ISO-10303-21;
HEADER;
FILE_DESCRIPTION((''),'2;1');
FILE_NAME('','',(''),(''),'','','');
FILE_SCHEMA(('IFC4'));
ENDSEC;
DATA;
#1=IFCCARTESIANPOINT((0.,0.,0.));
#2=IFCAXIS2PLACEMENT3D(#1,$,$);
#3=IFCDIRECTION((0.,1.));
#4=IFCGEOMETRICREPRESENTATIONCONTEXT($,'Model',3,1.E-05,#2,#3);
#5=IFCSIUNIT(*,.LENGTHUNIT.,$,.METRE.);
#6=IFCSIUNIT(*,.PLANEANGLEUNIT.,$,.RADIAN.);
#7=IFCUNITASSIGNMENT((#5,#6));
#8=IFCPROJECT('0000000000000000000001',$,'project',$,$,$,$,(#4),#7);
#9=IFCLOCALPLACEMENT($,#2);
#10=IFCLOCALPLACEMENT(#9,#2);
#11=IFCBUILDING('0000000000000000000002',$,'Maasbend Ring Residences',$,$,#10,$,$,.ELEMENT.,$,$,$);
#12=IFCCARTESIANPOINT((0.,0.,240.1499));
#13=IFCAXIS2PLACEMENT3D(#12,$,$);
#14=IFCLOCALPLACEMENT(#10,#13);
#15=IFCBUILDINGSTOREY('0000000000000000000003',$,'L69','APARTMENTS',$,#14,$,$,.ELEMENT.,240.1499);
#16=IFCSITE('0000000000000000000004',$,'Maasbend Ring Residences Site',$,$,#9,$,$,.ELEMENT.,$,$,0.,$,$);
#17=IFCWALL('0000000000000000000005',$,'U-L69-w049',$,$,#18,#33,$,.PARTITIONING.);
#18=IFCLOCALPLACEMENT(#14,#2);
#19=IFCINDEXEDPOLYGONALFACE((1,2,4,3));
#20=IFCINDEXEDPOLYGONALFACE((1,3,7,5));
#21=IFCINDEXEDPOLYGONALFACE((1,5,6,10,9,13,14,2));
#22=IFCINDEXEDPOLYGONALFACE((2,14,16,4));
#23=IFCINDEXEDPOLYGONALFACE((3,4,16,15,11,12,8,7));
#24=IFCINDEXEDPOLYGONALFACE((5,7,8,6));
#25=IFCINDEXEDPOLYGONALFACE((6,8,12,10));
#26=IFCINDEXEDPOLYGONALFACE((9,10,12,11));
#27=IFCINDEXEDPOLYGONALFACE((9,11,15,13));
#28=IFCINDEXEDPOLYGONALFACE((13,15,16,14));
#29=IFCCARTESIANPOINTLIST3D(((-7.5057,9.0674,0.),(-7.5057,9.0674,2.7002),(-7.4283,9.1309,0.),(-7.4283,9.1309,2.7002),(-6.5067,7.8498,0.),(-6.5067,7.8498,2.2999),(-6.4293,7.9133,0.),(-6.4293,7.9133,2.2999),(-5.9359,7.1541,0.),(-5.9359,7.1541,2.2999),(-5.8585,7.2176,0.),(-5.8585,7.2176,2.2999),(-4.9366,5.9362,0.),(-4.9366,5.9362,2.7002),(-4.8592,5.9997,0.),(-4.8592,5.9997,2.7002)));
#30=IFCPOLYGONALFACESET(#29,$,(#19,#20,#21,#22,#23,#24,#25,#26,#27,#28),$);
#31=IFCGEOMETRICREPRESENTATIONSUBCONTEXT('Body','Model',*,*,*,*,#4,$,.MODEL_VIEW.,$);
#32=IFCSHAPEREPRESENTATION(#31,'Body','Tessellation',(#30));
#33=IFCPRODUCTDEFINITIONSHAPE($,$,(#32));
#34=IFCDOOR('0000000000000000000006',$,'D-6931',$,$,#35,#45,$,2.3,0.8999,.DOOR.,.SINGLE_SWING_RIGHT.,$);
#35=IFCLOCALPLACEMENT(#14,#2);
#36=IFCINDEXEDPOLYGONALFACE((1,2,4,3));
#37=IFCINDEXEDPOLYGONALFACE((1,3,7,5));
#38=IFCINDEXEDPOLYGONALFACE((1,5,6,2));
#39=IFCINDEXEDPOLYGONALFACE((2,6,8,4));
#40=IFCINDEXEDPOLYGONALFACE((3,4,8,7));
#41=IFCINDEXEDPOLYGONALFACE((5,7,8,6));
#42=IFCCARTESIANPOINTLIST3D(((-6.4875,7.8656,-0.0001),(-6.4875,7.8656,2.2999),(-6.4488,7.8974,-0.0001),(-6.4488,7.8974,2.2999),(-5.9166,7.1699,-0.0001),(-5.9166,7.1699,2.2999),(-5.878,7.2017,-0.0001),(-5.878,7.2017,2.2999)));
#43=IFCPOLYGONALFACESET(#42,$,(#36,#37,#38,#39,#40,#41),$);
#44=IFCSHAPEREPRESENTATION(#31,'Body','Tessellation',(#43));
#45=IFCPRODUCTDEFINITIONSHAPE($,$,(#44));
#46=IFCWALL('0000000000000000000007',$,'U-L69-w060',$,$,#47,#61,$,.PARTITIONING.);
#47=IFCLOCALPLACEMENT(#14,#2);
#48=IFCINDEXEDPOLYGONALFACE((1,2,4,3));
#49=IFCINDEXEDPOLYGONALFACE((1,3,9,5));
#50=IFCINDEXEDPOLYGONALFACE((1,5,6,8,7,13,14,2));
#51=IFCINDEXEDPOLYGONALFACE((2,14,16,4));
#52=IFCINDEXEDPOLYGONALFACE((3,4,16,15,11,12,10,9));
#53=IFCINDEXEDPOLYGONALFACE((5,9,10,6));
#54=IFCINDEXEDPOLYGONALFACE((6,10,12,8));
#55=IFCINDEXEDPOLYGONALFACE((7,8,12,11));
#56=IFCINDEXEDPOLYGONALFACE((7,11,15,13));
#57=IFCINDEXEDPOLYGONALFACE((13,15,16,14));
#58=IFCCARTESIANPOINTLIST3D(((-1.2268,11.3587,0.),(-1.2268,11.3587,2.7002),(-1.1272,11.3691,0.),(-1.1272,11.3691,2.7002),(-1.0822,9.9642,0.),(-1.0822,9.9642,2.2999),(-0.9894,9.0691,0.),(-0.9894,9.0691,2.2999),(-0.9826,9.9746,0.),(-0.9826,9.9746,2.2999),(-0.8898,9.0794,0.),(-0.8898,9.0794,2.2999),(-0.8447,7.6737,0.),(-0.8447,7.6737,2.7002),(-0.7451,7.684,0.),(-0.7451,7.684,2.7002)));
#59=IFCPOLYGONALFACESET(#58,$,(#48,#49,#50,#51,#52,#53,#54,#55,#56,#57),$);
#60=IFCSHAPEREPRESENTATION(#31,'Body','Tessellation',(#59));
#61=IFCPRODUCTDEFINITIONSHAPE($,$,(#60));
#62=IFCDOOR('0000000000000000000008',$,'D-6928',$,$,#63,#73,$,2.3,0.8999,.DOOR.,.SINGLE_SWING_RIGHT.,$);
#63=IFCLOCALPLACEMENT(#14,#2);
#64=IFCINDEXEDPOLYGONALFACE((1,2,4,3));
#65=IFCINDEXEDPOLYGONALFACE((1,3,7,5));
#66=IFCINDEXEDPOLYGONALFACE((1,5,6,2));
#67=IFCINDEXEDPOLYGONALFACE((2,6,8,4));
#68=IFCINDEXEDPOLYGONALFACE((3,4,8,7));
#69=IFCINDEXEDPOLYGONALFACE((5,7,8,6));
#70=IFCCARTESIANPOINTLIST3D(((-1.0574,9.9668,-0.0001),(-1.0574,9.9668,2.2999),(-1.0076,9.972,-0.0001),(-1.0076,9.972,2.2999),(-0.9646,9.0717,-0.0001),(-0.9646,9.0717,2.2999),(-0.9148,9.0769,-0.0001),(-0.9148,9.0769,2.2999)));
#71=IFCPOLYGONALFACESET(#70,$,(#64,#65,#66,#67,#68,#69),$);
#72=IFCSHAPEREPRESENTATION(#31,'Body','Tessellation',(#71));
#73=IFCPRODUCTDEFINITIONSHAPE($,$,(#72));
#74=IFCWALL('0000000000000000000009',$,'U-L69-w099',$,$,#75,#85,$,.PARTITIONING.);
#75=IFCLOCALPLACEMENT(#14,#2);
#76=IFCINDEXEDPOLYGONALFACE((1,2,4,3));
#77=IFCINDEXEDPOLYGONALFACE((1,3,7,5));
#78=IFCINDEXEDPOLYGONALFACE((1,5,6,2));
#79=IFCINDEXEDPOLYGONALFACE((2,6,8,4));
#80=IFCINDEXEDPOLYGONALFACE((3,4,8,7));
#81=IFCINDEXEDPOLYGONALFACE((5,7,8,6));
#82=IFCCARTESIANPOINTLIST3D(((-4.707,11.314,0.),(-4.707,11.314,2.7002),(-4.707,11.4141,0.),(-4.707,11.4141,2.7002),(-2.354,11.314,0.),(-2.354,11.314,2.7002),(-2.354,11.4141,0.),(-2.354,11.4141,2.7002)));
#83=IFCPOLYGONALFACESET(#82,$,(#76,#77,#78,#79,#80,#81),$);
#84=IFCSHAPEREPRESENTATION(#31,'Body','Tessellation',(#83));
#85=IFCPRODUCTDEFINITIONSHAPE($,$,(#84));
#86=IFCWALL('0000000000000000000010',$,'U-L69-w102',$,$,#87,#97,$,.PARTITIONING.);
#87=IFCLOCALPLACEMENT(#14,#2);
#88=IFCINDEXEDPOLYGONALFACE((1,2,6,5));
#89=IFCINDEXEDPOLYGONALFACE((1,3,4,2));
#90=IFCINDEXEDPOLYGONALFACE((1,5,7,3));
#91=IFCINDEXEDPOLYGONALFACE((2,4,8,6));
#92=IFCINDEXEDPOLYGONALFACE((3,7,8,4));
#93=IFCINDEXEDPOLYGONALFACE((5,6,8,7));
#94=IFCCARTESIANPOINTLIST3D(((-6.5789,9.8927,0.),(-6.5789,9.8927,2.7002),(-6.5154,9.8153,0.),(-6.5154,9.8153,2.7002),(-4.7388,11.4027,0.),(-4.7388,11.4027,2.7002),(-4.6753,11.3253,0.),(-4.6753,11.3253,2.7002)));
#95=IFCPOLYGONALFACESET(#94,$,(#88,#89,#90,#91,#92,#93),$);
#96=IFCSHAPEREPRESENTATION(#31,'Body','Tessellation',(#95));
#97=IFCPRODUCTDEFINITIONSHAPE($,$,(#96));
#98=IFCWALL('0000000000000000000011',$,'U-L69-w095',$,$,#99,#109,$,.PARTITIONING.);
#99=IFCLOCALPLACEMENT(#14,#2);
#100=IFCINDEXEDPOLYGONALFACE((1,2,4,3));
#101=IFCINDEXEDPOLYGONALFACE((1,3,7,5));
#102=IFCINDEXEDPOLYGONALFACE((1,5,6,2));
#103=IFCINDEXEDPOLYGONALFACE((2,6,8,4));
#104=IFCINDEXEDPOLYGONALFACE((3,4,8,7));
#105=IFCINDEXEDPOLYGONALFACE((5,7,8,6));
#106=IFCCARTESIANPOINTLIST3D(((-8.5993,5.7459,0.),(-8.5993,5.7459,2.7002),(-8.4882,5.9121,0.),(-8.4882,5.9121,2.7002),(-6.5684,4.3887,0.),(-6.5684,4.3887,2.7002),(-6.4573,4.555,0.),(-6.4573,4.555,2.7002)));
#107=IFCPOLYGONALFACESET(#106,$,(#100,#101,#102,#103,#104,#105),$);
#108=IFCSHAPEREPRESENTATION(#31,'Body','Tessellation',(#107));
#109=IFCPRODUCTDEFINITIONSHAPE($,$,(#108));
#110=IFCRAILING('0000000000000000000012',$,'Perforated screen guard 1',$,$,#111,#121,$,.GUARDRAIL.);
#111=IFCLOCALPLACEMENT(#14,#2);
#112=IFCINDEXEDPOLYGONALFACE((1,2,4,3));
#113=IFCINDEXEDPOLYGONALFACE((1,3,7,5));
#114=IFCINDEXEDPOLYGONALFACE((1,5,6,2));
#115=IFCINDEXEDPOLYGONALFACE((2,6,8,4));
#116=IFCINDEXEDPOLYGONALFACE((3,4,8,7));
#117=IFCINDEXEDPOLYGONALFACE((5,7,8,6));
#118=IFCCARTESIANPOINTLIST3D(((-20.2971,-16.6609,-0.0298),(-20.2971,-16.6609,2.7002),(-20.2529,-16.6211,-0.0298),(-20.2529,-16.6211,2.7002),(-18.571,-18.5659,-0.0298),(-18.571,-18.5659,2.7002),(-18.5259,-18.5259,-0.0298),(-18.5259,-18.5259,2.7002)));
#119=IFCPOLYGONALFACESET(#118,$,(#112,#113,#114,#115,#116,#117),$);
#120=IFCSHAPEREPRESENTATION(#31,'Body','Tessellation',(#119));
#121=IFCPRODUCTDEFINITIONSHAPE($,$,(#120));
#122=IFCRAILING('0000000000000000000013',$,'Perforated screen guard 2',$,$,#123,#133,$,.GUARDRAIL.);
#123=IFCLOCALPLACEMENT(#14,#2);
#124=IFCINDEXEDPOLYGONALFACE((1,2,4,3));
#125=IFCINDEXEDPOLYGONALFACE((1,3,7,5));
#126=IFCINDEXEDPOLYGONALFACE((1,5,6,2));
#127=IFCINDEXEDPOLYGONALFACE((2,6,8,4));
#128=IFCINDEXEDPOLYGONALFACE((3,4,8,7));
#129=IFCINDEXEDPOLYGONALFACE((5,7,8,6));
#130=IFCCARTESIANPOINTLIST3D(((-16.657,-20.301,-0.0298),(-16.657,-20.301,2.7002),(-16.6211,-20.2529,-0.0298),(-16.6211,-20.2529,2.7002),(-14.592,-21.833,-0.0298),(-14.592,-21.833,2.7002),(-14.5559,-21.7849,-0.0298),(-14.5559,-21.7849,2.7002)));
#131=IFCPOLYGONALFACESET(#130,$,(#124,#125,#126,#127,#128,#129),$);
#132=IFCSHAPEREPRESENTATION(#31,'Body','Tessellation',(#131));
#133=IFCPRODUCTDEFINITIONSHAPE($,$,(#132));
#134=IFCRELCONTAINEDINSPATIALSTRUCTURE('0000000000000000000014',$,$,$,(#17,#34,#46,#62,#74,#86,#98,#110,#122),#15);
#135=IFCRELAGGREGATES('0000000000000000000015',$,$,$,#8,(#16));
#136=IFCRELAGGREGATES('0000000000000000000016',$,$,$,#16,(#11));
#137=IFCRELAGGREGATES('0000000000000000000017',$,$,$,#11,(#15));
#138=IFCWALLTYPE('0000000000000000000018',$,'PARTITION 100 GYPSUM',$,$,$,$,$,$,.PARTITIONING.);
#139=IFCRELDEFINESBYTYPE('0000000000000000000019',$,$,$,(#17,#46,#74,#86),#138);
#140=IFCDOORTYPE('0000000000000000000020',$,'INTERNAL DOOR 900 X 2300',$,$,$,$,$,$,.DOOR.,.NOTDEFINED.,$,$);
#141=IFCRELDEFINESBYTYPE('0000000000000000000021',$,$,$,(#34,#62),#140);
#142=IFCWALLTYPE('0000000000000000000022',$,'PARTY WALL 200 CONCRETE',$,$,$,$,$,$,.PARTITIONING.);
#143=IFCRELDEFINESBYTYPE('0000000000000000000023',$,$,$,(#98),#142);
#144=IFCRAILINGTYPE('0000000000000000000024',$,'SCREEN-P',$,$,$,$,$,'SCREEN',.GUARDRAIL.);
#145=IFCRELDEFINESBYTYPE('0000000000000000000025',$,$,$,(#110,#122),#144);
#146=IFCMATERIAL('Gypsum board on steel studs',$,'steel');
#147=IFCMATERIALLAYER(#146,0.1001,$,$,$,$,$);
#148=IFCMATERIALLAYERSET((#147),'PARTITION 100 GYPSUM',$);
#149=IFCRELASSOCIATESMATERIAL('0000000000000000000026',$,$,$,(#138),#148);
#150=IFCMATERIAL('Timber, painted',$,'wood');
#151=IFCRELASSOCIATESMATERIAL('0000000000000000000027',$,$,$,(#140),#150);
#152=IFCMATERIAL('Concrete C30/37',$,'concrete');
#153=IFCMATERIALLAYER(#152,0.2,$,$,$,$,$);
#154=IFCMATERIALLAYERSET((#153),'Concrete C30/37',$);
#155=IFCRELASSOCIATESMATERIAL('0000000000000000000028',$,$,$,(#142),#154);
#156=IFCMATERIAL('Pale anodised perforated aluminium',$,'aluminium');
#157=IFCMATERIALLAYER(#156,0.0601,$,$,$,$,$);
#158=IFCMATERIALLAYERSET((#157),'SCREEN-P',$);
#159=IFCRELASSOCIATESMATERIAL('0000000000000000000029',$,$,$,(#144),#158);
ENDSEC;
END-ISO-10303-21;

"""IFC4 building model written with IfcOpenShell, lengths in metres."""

from ifc_helpers import new_model, si_unit, direction, frame, frame_2d, origin, place, context, subcontext, project, spatial, polyline, rectangle, outline, extrude, material, layer, layer_set, type_object, element, fill, save


model = new_model("IFC4")

# Units and contexts
model_context = context("Model", 3, precision=1e-05, world=origin(), true_north=direction((0.0, 1.0)))
body_context = subcontext(model_context, "Body", "Model", "MODEL_VIEW")
ifc_project = project(units=[si_unit("LENGTHUNIT", "METRE"), si_unit("PLANEANGLEUNIT", "RADIAN")], contexts=[model_context])

# Site, building, storey
site_placement = place(None, origin())
site = spatial("IfcSite", under=ifc_project, at=site_placement, Name="Maasbend Ring Residences Site", CompositionType="ELEMENT", RefElevation=0.0)
building_placement = place(site_placement, origin())
building = spatial("IfcBuilding", under=site, at=building_placement, Name="Maasbend Ring Residences", CompositionType="ELEMENT")
storey_placement = place(building_placement, frame((0.0, 0.0, 240.1499)))
storey = spatial("IfcBuildingStorey", under=building, at=storey_placement, Name="L69", Description="APARTMENTS", CompositionType="ELEMENT", Elevation=240.1499)

# Walls, openings, doors
ifc_material_1 = material(Name="Gypsum board on steel studs", Category="steel")
ifc_layer_1 = layer(ifc_material_1, 0.1001)
ifc_layer_set_1 = layer_set([ifc_layer_1], Name="PARTITION 100 GYPSUM")
wall_type_1 = type_object("IfcWallType", Name="PARTITION 100 GYPSUM", PredefinedType="PARTITIONING", material=ifc_layer_set_1)
wall_1_placement = place(storey_placement, frame((-7.467, 9.0991, 0.0), z_axis=(0.0, 0.0, 1.0), x_axis=(0.634314, -0.773076, 0.0)))
wall_1 = element("IfcWall", 1, at=wall_1_placement, inside=storey, type_object=wall_type_1, Name="U-L69-w049", PredefinedType="PARTITIONING", context=body_context, shape_type="SweptSolid", body=[
    extrude(rectangle(XDim=4.0503, YDim=0.1001, at=frame_2d((2.0251, 0.0))), origin(), (0.0, 0.0, 1.0), 2.7002),
])
opening_1_placement = place(wall_1_placement, frame((1.575, 0.0, 0.0)))
opening_1 = element("IfcOpeningElement", 2, at=opening_1_placement, cuts=wall_1, PredefinedType="OPENING", context=body_context, shape_type="SweptSolid", body=[
    extrude(rectangle(XDim=0.8999, YDim=2.3, at=frame_2d((0.45, 1.1499))), frame((0.0, 0.0601, 0.0), z_axis=(0.0, -1.0, 0.0), x_axis=(1.0, 0.0, 0.0)), (0.0, 0.0, 1.0), 0.1201),
])
ifc_material_2 = material(Name="Timber, painted", Category="wood")
door_type = type_object("IfcDoorType", Name="INTERNAL DOOR 900 X 2300", OperationType="NOTDEFINED", PredefinedType="DOOR", material=ifc_material_2)
door_1_placement = place(opening_1_placement, origin())
door_1 = element("IfcDoor", 3, at=door_1_placement, inside=storey, type_object=door_type, Name="D-6931", OperationType="SINGLE_SWING_RIGHT", OverallHeight=2.3, OverallWidth=0.8999, PredefinedType="DOOR", context=body_context, shape_type="SweptSolid", body=[
    extrude(rectangle(XDim=0.8999, YDim=2.3, at=frame_2d((0.45, 1.1499))), frame((0.0, 0.0249, 0.0), z_axis=(0.0, -1.0, 0.0), x_axis=(1.0, 0.0, 0.0)), (0.0, 0.0, 1.0), 0.05),
])
fill(opening_1, door_1)
wall_2_placement = place(storey_placement, frame((-1.177, 11.364, 0.0), z_axis=(0.0, 0.0, 1.0), x_axis=(0.103131, -0.994668, 0.0)))
wall_2 = element("IfcWall", 4, at=wall_2_placement, inside=storey, type_object=wall_type_1, Name="U-L69-w060", PredefinedType="PARTITIONING", context=body_context, shape_type="SweptSolid", body=[
    extrude(rectangle(XDim=3.7048, YDim=0.1001, at=frame_2d((1.8525, 0.0))), origin(), (0.0, 0.0, 1.0), 2.7002),
])
opening_2_placement = place(wall_2_placement, frame((1.4021, 0.0, 0.0)))
opening_2 = element("IfcOpeningElement", 5, at=opening_2_placement, cuts=wall_2, PredefinedType="OPENING", context=body_context, shape_type="SweptSolid", body=[
    extrude(rectangle(XDim=0.8999, YDim=2.3, at=frame_2d((0.45, 1.1499))), frame((0.0, 0.0601, 0.0), z_axis=(0.0, -1.0, 0.0), x_axis=(1.0, 0.0, 0.0)), (0.0, 0.0, 1.0), 0.1201),
])
door_2_placement = place(opening_2_placement, origin())
door_2 = element("IfcDoor", 6, at=door_2_placement, inside=storey, type_object=door_type, Name="D-6928", OperationType="SINGLE_SWING_RIGHT", OverallHeight=2.3, OverallWidth=0.8999, PredefinedType="DOOR", context=body_context, shape_type="SweptSolid", body=[
    extrude(rectangle(XDim=0.8999, YDim=2.3, at=frame_2d((0.45, 1.1499))), frame((0.0, 0.0249, 0.0), z_axis=(0.0, -1.0, 0.0), x_axis=(1.0, 0.0, 0.0)), (0.0, 0.0, 1.0), 0.05),
])
fill(opening_2, door_2)

# Walls
wall_3_placement = place(storey_placement, frame((-4.707, 11.364, 0.0), z_axis=(0.0, 0.0, 1.0), x_axis=(1.0, 0.0, 0.0)))
element("IfcWall", 7, at=wall_3_placement, inside=storey, type_object=wall_type_1, Name="U-L69-w099", PredefinedType="PARTITIONING", context=body_context, shape_type="SweptSolid", body=[
    extrude(rectangle(XDim=2.353, YDim=0.1001, at=frame_2d((1.1765, 0.0))), origin(), (0.0, 0.0, 1.0), 2.7002),
])
wall_4_placement = place(storey_placement, frame((-6.5471, 9.854, 0.0), z_axis=(0.0, 0.0, 1.0), x_axis=(0.773033, 0.634365, 0.0)))
element("IfcWall", 8, at=wall_4_placement, inside=storey, type_object=wall_type_1, Name="U-L69-w102", PredefinedType="PARTITIONING", context=body_context, shape_type="SweptSolid", body=[
    extrude(rectangle(XDim=2.3804, YDim=0.1001, at=frame_2d((1.1902, 0.0))), origin(), (0.0, 0.0, 1.0), 2.7002),
])
ifc_material_3 = material(Name="Concrete C30/37", Category="concrete")
ifc_layer_2 = layer(ifc_material_3, 0.2)
ifc_layer_set_2 = layer_set([ifc_layer_2], Name="Concrete C30/37")
wall_type_2 = type_object("IfcWallType", Name="PARTY WALL 200 CONCRETE", PredefinedType="PARTITIONING", material=ifc_layer_set_2)
wall_5_placement = place(storey_placement, frame((-6.5129, 4.4719, 0.0), z_axis=(0.0, 0.0, 1.0), x_axis=(-0.83145, 0.555599, 0.0)))
element("IfcWall", 9, at=wall_5_placement, inside=storey, type_object=wall_type_2, Name="U-L69-w095", PredefinedType="PARTITIONING", context=body_context, shape_type="SweptSolid", body=[
    extrude(rectangle(XDim=2.4426, YDim=0.2, at=frame_2d((1.2212, 0.0))), origin(), (0.0, 0.0, 1.0), 2.7002),
])

# Railings
ifc_material_4 = material(Name="Pale anodised perforated aluminium", Category="aluminium")
ifc_layer_3 = layer(ifc_material_4, 0.0601)
ifc_layer_set_3 = layer_set([ifc_layer_3], Name="SCREEN-P")
railing_type = type_object("IfcRailingType", Name="SCREEN-P", ElementType="SCREEN", PredefinedType="GUARDRAIL", material=ifc_layer_set_3)
railing_1_placement = place(storey_placement, frame((0.0, 0.0, -0.0298)))
element("IfcRailing", 10, at=railing_1_placement, inside=storey, type_object=railing_type, Name="Perforated screen guard 1", PredefinedType="GUARDRAIL", context=body_context, shape_type="SweptSolid", body=[
    extrude(outline(polyline([(-20.2529, -16.6211), (-18.5259, -18.5259), (-18.571, -18.5659), (-20.2971, -16.6609), (-20.2529, -16.6211)])), origin(), (0.0, 0.0, 1.0), 2.73),
])
railing_2_placement = place(storey_placement, frame((0.0, 0.0, -0.0298)))
element("IfcRailing", 11, at=railing_2_placement, inside=storey, type_object=railing_type, Name="Perforated screen guard 2", PredefinedType="GUARDRAIL", context=body_context, shape_type="SweptSolid", body=[
    extrude(outline(polyline([(-16.6211, -20.2529), (-14.5559, -21.7849), (-14.592, -21.833), (-16.657, -20.301), (-16.6211, -20.2529)])), origin(), (0.0, 0.0, 1.0), 2.73),
])

save(model, "model.ifc")
